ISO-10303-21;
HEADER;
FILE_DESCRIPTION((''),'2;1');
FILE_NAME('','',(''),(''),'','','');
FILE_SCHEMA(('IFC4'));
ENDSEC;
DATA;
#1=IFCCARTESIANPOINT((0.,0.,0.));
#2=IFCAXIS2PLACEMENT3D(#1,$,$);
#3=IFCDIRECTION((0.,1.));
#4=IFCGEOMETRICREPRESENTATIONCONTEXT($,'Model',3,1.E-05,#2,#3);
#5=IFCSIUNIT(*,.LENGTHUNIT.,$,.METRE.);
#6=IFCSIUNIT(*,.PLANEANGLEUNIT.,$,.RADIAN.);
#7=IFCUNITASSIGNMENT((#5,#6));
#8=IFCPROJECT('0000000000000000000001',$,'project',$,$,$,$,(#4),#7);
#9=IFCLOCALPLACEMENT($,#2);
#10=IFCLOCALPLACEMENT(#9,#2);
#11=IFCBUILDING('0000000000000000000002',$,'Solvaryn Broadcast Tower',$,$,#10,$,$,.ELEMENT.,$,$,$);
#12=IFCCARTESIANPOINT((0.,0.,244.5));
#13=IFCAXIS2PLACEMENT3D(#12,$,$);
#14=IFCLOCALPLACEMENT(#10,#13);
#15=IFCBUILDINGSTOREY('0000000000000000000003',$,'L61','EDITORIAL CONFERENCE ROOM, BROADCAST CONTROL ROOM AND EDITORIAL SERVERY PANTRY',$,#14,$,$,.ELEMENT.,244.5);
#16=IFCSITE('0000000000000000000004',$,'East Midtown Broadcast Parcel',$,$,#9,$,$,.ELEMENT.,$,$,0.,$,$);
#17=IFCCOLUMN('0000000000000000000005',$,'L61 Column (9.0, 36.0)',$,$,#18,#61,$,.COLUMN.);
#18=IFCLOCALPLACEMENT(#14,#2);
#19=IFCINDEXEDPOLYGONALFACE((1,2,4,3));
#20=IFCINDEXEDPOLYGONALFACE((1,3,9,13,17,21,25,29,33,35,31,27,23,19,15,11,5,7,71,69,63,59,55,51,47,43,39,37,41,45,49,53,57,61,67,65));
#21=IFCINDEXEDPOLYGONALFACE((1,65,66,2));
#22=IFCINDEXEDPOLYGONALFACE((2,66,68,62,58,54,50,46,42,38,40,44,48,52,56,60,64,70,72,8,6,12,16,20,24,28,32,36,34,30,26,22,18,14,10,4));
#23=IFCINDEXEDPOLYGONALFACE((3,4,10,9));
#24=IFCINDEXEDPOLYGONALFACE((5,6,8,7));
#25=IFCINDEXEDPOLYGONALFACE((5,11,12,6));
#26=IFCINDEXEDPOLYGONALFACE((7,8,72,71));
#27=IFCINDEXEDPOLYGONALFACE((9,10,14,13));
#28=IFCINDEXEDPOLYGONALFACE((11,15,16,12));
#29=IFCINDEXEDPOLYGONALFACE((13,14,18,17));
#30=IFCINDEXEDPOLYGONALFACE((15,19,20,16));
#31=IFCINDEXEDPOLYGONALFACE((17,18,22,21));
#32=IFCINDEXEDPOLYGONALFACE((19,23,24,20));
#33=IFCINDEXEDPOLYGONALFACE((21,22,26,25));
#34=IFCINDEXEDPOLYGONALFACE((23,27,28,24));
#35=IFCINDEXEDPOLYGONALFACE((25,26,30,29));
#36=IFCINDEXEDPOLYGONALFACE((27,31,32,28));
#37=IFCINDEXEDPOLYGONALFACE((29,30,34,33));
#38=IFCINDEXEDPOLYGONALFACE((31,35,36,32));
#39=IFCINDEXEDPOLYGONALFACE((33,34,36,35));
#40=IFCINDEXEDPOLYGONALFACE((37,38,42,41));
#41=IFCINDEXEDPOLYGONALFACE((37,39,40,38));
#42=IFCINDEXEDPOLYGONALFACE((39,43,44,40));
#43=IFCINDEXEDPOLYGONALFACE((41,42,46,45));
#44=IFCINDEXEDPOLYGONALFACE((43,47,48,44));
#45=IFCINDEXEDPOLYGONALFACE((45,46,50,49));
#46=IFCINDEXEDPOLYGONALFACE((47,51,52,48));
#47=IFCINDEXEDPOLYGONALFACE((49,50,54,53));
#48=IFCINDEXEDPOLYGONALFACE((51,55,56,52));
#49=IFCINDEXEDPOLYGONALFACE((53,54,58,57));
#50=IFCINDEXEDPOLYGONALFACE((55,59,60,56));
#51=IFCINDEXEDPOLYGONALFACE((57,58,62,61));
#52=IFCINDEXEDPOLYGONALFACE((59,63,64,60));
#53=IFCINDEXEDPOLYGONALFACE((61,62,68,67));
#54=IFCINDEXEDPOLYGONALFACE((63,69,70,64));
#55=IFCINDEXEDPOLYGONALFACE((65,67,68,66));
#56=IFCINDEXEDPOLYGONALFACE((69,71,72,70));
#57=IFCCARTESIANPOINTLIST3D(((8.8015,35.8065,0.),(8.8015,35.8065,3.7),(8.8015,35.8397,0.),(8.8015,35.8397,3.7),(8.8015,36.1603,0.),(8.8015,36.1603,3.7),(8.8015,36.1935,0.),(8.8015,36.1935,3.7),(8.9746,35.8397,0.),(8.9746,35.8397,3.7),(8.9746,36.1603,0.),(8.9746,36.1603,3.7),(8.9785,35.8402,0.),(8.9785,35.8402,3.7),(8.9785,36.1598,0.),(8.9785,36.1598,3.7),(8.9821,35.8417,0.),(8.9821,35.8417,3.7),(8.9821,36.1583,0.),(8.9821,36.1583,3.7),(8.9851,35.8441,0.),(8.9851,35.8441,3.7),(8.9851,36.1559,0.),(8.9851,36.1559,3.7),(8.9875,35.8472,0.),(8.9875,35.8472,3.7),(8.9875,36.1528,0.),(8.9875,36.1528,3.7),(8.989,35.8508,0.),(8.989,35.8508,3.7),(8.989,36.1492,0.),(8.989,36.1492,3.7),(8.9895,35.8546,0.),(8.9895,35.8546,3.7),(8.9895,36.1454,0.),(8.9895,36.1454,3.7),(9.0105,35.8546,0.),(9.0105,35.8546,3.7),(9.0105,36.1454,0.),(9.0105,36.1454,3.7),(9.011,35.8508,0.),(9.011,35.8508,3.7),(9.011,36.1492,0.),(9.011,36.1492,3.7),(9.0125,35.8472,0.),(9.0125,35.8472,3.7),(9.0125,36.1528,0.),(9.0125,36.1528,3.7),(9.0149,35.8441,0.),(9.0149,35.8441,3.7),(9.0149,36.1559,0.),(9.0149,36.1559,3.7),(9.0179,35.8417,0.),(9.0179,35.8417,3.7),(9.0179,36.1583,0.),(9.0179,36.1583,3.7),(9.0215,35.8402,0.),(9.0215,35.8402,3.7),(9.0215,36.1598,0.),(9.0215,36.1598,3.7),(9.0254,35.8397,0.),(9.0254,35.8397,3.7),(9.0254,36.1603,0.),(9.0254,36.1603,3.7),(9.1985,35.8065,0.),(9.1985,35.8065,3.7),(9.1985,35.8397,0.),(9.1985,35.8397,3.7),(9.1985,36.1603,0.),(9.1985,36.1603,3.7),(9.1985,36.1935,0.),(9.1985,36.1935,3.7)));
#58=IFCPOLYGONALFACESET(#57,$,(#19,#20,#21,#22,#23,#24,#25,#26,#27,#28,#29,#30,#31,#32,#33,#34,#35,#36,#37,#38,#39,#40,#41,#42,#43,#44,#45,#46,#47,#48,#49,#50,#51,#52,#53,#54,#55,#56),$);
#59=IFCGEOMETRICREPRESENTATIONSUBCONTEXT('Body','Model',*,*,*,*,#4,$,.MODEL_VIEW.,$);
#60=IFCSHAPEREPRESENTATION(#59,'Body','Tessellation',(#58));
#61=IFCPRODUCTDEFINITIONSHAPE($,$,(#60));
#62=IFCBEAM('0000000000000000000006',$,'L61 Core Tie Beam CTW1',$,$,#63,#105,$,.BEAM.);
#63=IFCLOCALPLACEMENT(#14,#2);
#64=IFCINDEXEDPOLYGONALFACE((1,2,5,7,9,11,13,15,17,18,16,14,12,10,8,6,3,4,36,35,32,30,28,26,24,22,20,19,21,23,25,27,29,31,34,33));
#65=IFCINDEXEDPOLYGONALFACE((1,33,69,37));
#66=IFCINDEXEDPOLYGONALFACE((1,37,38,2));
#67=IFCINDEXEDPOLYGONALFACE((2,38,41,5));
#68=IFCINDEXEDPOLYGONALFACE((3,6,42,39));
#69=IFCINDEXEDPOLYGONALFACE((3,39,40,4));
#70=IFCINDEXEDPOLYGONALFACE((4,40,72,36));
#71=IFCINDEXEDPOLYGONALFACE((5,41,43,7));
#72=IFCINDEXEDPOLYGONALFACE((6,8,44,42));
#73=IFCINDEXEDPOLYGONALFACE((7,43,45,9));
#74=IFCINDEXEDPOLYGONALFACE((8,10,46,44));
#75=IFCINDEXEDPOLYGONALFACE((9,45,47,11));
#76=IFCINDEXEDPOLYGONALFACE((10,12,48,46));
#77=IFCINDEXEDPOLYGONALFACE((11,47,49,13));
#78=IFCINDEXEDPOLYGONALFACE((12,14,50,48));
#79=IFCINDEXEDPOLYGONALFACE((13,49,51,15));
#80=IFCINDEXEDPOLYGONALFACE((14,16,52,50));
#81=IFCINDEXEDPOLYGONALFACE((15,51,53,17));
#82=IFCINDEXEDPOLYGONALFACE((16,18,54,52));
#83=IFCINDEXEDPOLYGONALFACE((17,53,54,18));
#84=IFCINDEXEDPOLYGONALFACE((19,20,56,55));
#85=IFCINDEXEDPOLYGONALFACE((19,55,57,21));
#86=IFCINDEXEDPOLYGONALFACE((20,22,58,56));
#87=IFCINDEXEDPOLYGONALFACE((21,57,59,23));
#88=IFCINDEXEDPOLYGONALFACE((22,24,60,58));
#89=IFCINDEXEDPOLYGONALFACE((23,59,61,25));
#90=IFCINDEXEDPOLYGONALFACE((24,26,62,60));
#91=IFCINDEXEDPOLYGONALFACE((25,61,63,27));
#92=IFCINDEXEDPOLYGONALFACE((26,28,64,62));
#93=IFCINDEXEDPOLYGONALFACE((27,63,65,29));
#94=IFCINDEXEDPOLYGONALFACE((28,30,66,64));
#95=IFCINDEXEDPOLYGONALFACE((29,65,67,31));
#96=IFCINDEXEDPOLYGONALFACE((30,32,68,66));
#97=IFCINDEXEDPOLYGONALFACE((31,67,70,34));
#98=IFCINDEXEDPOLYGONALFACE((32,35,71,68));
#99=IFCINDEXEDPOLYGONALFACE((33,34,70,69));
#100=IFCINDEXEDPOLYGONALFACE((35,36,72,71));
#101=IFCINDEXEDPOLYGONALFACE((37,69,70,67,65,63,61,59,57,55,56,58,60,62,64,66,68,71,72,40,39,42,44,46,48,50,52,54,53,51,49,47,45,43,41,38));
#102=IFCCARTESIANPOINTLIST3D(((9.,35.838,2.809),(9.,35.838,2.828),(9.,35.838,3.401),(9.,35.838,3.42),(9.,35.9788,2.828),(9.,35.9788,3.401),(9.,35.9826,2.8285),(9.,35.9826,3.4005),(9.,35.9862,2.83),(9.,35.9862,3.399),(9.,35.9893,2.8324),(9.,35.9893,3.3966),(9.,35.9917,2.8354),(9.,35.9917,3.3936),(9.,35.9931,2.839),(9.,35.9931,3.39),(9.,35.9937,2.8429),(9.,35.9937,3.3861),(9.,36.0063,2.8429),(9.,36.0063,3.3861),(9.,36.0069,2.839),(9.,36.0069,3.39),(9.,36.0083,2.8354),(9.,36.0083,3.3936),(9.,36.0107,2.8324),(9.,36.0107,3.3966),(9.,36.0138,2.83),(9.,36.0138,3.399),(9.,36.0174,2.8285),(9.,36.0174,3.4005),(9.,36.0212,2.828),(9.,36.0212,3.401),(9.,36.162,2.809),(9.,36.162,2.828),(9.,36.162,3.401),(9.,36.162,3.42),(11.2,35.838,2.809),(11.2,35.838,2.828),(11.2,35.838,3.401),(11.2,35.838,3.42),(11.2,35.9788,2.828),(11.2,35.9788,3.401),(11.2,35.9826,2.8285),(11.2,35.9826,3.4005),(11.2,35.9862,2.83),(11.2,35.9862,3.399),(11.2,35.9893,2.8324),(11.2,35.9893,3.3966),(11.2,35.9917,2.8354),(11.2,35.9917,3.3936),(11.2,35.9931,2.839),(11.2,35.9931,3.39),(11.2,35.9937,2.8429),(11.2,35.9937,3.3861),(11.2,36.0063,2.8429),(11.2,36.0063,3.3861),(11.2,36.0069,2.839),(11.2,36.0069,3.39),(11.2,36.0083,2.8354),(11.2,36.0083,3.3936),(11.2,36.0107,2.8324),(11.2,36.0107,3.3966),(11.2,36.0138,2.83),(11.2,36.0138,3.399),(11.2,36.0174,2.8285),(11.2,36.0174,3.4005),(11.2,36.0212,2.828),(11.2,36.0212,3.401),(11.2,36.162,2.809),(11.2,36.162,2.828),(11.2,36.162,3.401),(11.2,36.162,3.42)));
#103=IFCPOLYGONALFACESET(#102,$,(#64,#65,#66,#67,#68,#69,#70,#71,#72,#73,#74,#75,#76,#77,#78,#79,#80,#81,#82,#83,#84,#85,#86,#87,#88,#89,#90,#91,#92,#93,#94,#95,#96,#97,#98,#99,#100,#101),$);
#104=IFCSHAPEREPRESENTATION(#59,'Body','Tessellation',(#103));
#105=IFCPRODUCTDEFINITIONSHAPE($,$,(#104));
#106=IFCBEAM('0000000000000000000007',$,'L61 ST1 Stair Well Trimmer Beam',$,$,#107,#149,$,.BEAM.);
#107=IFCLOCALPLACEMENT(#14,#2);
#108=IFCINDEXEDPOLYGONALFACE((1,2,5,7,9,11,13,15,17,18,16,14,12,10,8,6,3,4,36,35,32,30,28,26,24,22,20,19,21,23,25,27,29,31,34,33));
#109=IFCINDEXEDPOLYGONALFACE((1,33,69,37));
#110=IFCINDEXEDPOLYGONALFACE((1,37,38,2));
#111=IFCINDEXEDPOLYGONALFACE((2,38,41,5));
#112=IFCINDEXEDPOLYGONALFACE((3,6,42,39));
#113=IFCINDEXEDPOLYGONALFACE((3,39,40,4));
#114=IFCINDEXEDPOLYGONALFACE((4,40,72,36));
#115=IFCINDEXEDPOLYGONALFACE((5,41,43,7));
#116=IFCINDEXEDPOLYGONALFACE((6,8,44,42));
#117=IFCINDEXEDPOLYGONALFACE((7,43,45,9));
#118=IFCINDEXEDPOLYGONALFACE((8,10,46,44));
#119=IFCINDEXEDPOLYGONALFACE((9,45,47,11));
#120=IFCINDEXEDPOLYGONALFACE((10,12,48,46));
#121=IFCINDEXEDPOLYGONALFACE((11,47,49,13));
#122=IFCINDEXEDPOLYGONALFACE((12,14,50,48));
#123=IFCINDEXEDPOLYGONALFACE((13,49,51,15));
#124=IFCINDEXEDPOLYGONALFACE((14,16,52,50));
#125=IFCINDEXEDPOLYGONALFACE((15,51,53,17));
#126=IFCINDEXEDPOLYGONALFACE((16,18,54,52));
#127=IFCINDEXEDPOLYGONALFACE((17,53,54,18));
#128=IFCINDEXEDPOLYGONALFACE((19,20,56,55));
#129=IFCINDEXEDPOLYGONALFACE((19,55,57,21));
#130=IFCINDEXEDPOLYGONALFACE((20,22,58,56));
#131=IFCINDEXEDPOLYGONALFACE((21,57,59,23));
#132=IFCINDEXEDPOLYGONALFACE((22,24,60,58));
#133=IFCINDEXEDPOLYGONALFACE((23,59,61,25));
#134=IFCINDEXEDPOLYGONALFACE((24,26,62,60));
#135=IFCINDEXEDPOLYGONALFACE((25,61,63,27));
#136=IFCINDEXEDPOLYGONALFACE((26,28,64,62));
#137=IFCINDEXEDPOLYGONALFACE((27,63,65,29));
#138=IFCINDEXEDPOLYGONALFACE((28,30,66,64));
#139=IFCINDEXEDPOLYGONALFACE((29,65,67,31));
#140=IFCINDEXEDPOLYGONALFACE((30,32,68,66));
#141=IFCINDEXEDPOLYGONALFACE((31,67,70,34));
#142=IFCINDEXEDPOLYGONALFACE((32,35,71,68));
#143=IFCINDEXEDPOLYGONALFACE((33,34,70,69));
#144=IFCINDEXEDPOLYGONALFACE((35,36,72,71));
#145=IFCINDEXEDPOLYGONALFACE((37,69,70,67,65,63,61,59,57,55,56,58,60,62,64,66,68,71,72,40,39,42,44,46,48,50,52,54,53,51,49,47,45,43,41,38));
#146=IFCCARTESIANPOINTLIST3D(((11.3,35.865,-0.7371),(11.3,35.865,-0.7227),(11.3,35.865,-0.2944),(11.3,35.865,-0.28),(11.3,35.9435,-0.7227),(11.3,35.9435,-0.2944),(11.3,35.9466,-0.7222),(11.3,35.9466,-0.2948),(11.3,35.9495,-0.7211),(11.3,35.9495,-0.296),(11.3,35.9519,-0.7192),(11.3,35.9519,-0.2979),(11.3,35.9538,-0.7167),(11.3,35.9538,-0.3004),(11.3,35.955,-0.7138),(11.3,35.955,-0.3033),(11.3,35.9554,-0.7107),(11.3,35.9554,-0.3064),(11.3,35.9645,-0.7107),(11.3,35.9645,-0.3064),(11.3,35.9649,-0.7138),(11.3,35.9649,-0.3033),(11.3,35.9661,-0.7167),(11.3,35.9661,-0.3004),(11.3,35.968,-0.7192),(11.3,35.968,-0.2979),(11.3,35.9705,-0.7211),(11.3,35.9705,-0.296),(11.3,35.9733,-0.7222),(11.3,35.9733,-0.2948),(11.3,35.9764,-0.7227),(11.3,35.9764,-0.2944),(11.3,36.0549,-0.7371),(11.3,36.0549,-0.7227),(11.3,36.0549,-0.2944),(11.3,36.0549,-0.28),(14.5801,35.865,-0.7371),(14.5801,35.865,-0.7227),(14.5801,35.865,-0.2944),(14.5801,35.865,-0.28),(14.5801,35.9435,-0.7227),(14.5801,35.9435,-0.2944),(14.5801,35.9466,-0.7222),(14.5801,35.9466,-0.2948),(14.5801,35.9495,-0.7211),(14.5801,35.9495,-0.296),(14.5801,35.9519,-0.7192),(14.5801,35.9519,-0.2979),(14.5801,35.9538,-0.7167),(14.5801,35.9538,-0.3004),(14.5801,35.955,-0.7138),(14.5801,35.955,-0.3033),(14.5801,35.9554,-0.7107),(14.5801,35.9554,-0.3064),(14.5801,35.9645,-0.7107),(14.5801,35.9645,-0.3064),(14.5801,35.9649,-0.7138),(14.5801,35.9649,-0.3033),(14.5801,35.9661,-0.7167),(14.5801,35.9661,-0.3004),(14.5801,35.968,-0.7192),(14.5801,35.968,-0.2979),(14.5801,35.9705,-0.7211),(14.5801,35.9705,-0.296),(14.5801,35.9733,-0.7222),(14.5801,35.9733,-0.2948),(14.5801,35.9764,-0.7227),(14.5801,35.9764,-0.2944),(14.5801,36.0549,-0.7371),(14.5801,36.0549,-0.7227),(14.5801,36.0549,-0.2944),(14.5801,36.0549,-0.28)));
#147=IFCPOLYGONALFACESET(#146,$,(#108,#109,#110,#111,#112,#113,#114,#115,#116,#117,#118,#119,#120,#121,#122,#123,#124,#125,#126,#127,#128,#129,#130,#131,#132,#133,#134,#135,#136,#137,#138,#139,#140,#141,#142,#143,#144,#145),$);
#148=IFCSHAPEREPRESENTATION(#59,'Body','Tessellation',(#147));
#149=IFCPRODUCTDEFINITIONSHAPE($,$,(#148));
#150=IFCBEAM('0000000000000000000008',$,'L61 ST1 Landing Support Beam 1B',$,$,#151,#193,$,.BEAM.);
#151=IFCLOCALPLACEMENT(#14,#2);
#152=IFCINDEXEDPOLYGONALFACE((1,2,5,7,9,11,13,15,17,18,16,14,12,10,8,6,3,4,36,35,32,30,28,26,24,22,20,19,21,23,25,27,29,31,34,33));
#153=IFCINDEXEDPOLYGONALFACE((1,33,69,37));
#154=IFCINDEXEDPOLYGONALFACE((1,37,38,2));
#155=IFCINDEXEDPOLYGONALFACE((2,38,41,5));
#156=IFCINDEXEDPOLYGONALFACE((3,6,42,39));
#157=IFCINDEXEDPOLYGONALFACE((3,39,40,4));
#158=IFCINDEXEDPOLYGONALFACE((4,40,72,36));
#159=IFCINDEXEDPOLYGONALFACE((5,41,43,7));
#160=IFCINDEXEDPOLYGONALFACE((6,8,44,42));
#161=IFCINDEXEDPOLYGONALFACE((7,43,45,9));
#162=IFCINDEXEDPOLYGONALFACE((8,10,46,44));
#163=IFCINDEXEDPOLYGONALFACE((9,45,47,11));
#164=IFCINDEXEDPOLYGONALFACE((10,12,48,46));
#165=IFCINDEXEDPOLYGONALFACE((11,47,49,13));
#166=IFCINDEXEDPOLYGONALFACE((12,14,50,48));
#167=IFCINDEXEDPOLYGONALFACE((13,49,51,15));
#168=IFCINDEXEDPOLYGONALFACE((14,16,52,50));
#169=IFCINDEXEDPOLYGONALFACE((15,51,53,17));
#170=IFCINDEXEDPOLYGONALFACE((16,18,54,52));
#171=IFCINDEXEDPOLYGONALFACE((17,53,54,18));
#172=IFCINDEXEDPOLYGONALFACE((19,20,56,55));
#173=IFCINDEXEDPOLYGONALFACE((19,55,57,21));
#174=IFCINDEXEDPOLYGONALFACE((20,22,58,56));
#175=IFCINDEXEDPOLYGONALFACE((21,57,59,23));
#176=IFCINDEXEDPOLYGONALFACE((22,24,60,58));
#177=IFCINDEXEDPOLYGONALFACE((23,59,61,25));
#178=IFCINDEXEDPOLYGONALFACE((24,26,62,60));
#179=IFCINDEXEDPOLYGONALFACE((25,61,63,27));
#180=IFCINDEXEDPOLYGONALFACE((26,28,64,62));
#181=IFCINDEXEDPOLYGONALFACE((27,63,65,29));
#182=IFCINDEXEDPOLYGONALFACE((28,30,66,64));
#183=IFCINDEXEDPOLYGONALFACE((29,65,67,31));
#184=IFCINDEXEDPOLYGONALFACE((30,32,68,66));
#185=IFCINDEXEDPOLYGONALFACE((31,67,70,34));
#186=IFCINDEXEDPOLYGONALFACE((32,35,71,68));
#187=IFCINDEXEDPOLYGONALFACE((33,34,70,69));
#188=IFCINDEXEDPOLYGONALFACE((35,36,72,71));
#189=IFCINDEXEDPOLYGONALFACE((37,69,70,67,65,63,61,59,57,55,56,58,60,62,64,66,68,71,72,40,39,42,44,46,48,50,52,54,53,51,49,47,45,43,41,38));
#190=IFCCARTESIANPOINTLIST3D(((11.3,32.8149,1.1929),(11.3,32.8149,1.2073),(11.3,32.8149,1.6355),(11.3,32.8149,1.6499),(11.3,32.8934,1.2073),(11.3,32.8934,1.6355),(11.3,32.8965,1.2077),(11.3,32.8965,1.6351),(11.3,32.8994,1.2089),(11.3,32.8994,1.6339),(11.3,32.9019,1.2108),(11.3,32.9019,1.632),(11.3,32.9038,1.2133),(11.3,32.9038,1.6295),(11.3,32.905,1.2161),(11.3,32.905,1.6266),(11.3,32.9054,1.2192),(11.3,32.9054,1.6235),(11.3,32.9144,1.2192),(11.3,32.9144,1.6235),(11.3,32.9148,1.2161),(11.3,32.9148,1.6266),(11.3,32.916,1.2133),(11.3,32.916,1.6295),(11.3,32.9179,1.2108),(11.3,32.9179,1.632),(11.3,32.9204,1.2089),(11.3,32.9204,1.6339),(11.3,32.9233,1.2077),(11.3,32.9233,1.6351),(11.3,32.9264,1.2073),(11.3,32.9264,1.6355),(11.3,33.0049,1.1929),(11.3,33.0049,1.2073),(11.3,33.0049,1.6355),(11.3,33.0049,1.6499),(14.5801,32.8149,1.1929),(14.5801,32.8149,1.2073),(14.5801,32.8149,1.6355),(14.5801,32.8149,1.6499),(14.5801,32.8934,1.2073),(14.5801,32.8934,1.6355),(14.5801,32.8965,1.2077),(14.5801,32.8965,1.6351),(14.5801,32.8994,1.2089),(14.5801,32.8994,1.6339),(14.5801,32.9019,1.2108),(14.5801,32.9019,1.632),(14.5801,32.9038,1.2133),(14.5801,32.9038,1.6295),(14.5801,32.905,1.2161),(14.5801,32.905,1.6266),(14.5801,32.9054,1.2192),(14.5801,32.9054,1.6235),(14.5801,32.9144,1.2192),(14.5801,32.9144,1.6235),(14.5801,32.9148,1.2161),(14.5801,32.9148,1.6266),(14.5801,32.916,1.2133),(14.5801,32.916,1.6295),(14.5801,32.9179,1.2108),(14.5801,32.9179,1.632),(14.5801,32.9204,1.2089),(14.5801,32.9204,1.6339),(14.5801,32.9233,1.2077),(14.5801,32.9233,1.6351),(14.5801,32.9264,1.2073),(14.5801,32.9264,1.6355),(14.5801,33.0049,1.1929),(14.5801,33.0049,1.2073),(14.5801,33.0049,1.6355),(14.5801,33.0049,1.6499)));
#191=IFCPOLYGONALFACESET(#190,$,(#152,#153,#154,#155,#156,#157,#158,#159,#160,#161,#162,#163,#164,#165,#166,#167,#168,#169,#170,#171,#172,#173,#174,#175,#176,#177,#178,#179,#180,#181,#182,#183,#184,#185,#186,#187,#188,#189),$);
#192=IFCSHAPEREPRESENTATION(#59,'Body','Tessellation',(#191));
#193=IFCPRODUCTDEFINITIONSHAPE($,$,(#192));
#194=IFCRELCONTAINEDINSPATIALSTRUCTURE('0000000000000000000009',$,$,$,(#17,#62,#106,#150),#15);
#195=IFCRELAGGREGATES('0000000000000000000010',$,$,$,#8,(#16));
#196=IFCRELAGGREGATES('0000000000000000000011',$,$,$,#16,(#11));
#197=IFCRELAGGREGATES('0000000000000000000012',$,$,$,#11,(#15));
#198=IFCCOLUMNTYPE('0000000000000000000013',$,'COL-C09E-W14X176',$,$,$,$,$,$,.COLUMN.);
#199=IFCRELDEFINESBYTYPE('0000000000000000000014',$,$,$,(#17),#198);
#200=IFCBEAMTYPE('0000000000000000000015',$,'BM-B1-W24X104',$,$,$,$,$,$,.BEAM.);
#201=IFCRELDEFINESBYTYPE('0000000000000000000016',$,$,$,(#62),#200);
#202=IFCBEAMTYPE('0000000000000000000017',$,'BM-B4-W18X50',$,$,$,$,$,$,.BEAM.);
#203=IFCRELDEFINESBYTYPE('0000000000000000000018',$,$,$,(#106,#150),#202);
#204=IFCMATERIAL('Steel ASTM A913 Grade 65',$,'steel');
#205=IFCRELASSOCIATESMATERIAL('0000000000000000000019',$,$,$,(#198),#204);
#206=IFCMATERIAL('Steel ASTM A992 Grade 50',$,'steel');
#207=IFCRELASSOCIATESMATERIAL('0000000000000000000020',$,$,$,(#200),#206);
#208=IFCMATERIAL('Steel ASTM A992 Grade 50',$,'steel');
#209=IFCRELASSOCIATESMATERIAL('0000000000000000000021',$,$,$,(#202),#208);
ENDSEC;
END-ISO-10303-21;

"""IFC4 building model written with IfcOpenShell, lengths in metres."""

from ifc_helpers import new_model, si_unit, direction, frame, origin, origin_2d, place, context, subcontext, project, spatial, i_section, extrude, material, material_profile, profile_set, type_object, element, save


model = new_model("IFC4")

# Units and contexts
model_context = context("Model", 3, precision=1e-05, world=origin(), true_north=direction((0.0, 1.0)))
body_context = subcontext(model_context, "Body", "Model", "MODEL_VIEW")
ifc_project = project(units=[si_unit("LENGTHUNIT", "METRE"), si_unit("PLANEANGLEUNIT", "RADIAN")], contexts=[model_context])

# Site, building, storey
site_placement = place(None, origin())
site = spatial("IfcSite", under=ifc_project, at=site_placement, Name="East Midtown Broadcast Parcel", CompositionType="ELEMENT", RefElevation=0.0)
building_placement = place(site_placement, origin())
building = spatial("IfcBuilding", under=site, at=building_placement, Name="Solvaryn Broadcast Tower", CompositionType="ELEMENT")
storey_placement = place(building_placement, frame((0.0, 0.0, 244.5)))
storey = spatial("IfcBuildingStorey", under=building, at=storey_placement, Name="L61", Description="EDITORIAL CONFERENCE ROOM, BROADCAST CONTROL ROOM AND EDITORIAL SERVERY PANTRY", CompositionType="ELEMENT", Elevation=244.5)

# Column
ifc_material_1 = material(Name="Steel ASTM A913 Grade 65", Category="steel")
ifc_material_profile_1 = material_profile(ifc_material_1, i_section(OverallWidth=0.397, OverallDepth=0.387, WebThickness=0.021, FlangeThickness=0.0332, FilletRadius=0.0149, at=origin_2d()))
ifc_profile_set_1 = profile_set([ifc_material_profile_1], Name="Steel ASTM A913 Grade 65")
column_type = type_object("IfcColumnType", Name="COL-C09E-W14X176", PredefinedType="COLUMN", material=ifc_profile_set_1)
column_placement = place(storey_placement, frame((9.0, 36.0, 0.0), z_axis=(0.0, 0.0, 1.0), x_axis=(1.0, 0.0, 0.0)))
element("IfcColumn", 1, at=column_placement, inside=storey, type_object=column_type, Name="L61 Column (9.0, 36.0)", PredefinedType="COLUMN", context=body_context, shape_type="SweptSolid", body=[
    extrude(i_section(OverallWidth=0.397, OverallDepth=0.387, WebThickness=0.021, FlangeThickness=0.0332, FilletRadius=0.0149, at=origin_2d()), origin(), (0.0, 0.0, 1.0), 3.7),
])

# Beams
ifc_material_2 = material(Name="Steel ASTM A992 Grade 50", Category="steel")
ifc_material_profile_2 = material_profile(ifc_material_2, i_section(OverallWidth=0.324, OverallDepth=0.6111, WebThickness=0.0127, FlangeThickness=0.019, FilletRadius=0.0149, at=origin_2d()))
ifc_profile_set_2 = profile_set([ifc_material_profile_2], Name="Steel ASTM A992 Grade 50")
beam_type_1 = type_object("IfcBeamType", Name="BM-B1-W24X104", PredefinedType="BEAM", material=ifc_profile_set_2)
beam_1_placement = place(storey_placement, frame((9.0, 36.0, 3.1145), z_axis=(1.0, 0.0, 0.0), x_axis=(0.0, 1.0, 0.0)))
element("IfcBeam", 2, at=beam_1_placement, inside=storey, type_object=beam_type_1, Name="L61 Core Tie Beam CTW1", PredefinedType="BEAM", context=body_context, shape_type="SweptSolid", body=[
    extrude(i_section(OverallWidth=0.324, OverallDepth=0.6111, WebThickness=0.0127, FlangeThickness=0.019, FilletRadius=0.0149, at=origin_2d()), origin(), (0.0, 0.0, 1.0), 2.2),
])
ifc_material_3 = material(Name="Steel ASTM A992 Grade 50", Category="steel")
ifc_material_profile_3 = material_profile(ifc_material_3, i_section(OverallWidth=0.1899, OverallDepth=0.457, WebThickness=0.009, FlangeThickness=0.0144, FilletRadius=0.012, at=origin_2d()))
ifc_profile_set_3 = profile_set([ifc_material_profile_3], Name="Steel ASTM A992 Grade 50")
beam_type_2 = type_object("IfcBeamType", Name="BM-B4-W18X50", PredefinedType="BEAM", material=ifc_profile_set_3)
for number, where, z_axis, x_axis, name in (
    (3, (11.3, 35.96, -0.5085), (1.0, 0.0, 0.0), (0.0, 1.0, 0.0), "L61 ST1 Stair Well Trimmer Beam"),
    (4, (11.3, 32.9099, 1.4214), (1.0, 0.0, 0.0), (0.0, 1.0, 0.0), "L61 ST1 Landing Support Beam 1B"),
):
    element("IfcBeam", number, at=place(storey_placement, frame(where, z_axis=z_axis, x_axis=x_axis)), inside=storey, type_object=beam_type_2, Name=name, PredefinedType="BEAM", context=body_context, shape_type="SweptSolid", body=[
        extrude(i_section(OverallWidth=0.1899, OverallDepth=0.457, WebThickness=0.009, FlangeThickness=0.0144, FilletRadius=0.012, at=origin_2d()), origin(), (0.0, 0.0, 1.0), 3.28),
    ])

save(model, "model.ifc")
